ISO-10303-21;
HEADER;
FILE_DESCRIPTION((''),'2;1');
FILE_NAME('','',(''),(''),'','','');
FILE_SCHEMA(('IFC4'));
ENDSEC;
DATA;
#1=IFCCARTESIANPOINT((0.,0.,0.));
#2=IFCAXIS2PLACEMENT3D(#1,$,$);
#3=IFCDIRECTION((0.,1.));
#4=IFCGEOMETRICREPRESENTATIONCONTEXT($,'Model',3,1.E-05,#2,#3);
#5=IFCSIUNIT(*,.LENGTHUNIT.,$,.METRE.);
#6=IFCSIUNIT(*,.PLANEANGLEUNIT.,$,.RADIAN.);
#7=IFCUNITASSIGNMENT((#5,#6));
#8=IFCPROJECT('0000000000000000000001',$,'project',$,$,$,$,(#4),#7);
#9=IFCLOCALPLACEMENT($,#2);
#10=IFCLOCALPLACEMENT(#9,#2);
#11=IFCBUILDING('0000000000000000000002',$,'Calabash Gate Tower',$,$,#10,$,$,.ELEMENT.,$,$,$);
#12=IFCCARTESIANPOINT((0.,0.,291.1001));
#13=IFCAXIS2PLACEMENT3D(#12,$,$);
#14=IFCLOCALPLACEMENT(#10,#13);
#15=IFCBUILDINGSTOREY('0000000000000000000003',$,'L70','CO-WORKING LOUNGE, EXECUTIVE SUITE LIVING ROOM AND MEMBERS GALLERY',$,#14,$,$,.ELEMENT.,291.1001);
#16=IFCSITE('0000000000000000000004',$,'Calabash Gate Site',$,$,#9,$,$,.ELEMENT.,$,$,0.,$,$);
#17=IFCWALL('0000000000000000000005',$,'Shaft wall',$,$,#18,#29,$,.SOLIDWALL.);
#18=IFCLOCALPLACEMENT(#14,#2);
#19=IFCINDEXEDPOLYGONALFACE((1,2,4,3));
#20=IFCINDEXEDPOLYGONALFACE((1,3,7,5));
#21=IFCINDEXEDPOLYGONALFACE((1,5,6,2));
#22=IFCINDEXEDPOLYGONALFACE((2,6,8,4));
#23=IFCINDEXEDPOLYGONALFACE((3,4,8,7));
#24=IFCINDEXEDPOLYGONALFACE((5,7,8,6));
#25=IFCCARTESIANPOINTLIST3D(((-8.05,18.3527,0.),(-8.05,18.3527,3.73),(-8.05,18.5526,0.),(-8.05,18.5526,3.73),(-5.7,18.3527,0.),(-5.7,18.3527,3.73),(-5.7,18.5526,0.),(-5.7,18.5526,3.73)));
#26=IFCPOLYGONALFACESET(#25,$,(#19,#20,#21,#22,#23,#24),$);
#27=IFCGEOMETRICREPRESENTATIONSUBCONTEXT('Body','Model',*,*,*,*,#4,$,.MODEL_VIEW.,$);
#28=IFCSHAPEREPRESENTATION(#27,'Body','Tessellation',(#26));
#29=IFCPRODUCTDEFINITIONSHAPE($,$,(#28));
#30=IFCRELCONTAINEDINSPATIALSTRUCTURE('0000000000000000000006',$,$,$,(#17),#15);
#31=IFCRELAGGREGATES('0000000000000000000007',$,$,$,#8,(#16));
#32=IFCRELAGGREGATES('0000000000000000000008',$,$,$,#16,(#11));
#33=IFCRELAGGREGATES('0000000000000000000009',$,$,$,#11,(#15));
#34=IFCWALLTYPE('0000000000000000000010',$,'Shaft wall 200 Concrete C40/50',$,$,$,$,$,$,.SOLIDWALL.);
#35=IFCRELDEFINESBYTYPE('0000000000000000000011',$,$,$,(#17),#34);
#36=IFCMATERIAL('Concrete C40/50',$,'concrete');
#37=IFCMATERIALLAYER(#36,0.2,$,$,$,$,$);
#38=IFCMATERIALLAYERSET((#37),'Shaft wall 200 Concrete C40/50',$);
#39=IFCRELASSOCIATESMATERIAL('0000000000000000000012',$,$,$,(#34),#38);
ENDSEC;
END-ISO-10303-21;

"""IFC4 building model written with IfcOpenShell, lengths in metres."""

from ifc_helpers import new_model, si_unit, direction, frame, frame_2d, origin, place, context, subcontext, project, spatial, rectangle, extrude, material, layer, layer_set, type_object, element, save


model = new_model("IFC4")

# Units and contexts
model_context = context("Model", 3, precision=1e-05, world=origin(), true_north=direction((0.0, 1.0)))
body_context = subcontext(model_context, "Body", "Model", "MODEL_VIEW")
ifc_project = project(units=[si_unit("LENGTHUNIT", "METRE"), si_unit("PLANEANGLEUNIT", "RADIAN")], contexts=[model_context])

# Site, building, storey
site_placement = place(None, origin())
site = spatial("IfcSite", under=ifc_project, at=site_placement, Name="Calabash Gate Site", CompositionType="ELEMENT", RefElevation=0.0)
building_placement = place(site_placement, origin())
building = spatial("IfcBuilding", under=site, at=building_placement, Name="Calabash Gate Tower", CompositionType="ELEMENT")
storey_placement = place(building_placement, frame((0.0, 0.0, 291.1001)))
storey = spatial("IfcBuildingStorey", under=building, at=storey_placement, Name="L70", Description="CO-WORKING LOUNGE, EXECUTIVE SUITE LIVING ROOM AND MEMBERS GALLERY", CompositionType="ELEMENT", Elevation=291.1001)

# Shared definitions
ifc_material_1 = material(Name="Concrete C40/50", Category="concrete")
ifc_layer_1 = layer(ifc_material_1, 0.2)
ifc_layer_set_1 = layer_set([ifc_layer_1], Name="Shaft wall 200 Concrete C40/50")
wall_type_1 = type_object("IfcWallType", Name="Shaft wall 200 Concrete C40/50", PredefinedType="SOLIDWALL", material=ifc_layer_set_1)

# Wall
wall_1_placement = place(storey_placement, frame((-8.05, 18.4526, 0.0), z_axis=(0.0, 0.0, 1.0), x_axis=(1.0, 0.0, 0.0)))
element("IfcWall", 1, at=wall_1_placement, inside=storey, type_object=wall_type_1, Name="Shaft wall", PredefinedType="SOLIDWALL", context=body_context, shape_type="SweptSolid", body=[
    extrude(rectangle(XDim=2.3501, YDim=0.2, at=frame_2d((1.175, 0.0))), origin(), (0.0, 0.0, 1.0), 3.73),
])

save(model, "model.ifc")
